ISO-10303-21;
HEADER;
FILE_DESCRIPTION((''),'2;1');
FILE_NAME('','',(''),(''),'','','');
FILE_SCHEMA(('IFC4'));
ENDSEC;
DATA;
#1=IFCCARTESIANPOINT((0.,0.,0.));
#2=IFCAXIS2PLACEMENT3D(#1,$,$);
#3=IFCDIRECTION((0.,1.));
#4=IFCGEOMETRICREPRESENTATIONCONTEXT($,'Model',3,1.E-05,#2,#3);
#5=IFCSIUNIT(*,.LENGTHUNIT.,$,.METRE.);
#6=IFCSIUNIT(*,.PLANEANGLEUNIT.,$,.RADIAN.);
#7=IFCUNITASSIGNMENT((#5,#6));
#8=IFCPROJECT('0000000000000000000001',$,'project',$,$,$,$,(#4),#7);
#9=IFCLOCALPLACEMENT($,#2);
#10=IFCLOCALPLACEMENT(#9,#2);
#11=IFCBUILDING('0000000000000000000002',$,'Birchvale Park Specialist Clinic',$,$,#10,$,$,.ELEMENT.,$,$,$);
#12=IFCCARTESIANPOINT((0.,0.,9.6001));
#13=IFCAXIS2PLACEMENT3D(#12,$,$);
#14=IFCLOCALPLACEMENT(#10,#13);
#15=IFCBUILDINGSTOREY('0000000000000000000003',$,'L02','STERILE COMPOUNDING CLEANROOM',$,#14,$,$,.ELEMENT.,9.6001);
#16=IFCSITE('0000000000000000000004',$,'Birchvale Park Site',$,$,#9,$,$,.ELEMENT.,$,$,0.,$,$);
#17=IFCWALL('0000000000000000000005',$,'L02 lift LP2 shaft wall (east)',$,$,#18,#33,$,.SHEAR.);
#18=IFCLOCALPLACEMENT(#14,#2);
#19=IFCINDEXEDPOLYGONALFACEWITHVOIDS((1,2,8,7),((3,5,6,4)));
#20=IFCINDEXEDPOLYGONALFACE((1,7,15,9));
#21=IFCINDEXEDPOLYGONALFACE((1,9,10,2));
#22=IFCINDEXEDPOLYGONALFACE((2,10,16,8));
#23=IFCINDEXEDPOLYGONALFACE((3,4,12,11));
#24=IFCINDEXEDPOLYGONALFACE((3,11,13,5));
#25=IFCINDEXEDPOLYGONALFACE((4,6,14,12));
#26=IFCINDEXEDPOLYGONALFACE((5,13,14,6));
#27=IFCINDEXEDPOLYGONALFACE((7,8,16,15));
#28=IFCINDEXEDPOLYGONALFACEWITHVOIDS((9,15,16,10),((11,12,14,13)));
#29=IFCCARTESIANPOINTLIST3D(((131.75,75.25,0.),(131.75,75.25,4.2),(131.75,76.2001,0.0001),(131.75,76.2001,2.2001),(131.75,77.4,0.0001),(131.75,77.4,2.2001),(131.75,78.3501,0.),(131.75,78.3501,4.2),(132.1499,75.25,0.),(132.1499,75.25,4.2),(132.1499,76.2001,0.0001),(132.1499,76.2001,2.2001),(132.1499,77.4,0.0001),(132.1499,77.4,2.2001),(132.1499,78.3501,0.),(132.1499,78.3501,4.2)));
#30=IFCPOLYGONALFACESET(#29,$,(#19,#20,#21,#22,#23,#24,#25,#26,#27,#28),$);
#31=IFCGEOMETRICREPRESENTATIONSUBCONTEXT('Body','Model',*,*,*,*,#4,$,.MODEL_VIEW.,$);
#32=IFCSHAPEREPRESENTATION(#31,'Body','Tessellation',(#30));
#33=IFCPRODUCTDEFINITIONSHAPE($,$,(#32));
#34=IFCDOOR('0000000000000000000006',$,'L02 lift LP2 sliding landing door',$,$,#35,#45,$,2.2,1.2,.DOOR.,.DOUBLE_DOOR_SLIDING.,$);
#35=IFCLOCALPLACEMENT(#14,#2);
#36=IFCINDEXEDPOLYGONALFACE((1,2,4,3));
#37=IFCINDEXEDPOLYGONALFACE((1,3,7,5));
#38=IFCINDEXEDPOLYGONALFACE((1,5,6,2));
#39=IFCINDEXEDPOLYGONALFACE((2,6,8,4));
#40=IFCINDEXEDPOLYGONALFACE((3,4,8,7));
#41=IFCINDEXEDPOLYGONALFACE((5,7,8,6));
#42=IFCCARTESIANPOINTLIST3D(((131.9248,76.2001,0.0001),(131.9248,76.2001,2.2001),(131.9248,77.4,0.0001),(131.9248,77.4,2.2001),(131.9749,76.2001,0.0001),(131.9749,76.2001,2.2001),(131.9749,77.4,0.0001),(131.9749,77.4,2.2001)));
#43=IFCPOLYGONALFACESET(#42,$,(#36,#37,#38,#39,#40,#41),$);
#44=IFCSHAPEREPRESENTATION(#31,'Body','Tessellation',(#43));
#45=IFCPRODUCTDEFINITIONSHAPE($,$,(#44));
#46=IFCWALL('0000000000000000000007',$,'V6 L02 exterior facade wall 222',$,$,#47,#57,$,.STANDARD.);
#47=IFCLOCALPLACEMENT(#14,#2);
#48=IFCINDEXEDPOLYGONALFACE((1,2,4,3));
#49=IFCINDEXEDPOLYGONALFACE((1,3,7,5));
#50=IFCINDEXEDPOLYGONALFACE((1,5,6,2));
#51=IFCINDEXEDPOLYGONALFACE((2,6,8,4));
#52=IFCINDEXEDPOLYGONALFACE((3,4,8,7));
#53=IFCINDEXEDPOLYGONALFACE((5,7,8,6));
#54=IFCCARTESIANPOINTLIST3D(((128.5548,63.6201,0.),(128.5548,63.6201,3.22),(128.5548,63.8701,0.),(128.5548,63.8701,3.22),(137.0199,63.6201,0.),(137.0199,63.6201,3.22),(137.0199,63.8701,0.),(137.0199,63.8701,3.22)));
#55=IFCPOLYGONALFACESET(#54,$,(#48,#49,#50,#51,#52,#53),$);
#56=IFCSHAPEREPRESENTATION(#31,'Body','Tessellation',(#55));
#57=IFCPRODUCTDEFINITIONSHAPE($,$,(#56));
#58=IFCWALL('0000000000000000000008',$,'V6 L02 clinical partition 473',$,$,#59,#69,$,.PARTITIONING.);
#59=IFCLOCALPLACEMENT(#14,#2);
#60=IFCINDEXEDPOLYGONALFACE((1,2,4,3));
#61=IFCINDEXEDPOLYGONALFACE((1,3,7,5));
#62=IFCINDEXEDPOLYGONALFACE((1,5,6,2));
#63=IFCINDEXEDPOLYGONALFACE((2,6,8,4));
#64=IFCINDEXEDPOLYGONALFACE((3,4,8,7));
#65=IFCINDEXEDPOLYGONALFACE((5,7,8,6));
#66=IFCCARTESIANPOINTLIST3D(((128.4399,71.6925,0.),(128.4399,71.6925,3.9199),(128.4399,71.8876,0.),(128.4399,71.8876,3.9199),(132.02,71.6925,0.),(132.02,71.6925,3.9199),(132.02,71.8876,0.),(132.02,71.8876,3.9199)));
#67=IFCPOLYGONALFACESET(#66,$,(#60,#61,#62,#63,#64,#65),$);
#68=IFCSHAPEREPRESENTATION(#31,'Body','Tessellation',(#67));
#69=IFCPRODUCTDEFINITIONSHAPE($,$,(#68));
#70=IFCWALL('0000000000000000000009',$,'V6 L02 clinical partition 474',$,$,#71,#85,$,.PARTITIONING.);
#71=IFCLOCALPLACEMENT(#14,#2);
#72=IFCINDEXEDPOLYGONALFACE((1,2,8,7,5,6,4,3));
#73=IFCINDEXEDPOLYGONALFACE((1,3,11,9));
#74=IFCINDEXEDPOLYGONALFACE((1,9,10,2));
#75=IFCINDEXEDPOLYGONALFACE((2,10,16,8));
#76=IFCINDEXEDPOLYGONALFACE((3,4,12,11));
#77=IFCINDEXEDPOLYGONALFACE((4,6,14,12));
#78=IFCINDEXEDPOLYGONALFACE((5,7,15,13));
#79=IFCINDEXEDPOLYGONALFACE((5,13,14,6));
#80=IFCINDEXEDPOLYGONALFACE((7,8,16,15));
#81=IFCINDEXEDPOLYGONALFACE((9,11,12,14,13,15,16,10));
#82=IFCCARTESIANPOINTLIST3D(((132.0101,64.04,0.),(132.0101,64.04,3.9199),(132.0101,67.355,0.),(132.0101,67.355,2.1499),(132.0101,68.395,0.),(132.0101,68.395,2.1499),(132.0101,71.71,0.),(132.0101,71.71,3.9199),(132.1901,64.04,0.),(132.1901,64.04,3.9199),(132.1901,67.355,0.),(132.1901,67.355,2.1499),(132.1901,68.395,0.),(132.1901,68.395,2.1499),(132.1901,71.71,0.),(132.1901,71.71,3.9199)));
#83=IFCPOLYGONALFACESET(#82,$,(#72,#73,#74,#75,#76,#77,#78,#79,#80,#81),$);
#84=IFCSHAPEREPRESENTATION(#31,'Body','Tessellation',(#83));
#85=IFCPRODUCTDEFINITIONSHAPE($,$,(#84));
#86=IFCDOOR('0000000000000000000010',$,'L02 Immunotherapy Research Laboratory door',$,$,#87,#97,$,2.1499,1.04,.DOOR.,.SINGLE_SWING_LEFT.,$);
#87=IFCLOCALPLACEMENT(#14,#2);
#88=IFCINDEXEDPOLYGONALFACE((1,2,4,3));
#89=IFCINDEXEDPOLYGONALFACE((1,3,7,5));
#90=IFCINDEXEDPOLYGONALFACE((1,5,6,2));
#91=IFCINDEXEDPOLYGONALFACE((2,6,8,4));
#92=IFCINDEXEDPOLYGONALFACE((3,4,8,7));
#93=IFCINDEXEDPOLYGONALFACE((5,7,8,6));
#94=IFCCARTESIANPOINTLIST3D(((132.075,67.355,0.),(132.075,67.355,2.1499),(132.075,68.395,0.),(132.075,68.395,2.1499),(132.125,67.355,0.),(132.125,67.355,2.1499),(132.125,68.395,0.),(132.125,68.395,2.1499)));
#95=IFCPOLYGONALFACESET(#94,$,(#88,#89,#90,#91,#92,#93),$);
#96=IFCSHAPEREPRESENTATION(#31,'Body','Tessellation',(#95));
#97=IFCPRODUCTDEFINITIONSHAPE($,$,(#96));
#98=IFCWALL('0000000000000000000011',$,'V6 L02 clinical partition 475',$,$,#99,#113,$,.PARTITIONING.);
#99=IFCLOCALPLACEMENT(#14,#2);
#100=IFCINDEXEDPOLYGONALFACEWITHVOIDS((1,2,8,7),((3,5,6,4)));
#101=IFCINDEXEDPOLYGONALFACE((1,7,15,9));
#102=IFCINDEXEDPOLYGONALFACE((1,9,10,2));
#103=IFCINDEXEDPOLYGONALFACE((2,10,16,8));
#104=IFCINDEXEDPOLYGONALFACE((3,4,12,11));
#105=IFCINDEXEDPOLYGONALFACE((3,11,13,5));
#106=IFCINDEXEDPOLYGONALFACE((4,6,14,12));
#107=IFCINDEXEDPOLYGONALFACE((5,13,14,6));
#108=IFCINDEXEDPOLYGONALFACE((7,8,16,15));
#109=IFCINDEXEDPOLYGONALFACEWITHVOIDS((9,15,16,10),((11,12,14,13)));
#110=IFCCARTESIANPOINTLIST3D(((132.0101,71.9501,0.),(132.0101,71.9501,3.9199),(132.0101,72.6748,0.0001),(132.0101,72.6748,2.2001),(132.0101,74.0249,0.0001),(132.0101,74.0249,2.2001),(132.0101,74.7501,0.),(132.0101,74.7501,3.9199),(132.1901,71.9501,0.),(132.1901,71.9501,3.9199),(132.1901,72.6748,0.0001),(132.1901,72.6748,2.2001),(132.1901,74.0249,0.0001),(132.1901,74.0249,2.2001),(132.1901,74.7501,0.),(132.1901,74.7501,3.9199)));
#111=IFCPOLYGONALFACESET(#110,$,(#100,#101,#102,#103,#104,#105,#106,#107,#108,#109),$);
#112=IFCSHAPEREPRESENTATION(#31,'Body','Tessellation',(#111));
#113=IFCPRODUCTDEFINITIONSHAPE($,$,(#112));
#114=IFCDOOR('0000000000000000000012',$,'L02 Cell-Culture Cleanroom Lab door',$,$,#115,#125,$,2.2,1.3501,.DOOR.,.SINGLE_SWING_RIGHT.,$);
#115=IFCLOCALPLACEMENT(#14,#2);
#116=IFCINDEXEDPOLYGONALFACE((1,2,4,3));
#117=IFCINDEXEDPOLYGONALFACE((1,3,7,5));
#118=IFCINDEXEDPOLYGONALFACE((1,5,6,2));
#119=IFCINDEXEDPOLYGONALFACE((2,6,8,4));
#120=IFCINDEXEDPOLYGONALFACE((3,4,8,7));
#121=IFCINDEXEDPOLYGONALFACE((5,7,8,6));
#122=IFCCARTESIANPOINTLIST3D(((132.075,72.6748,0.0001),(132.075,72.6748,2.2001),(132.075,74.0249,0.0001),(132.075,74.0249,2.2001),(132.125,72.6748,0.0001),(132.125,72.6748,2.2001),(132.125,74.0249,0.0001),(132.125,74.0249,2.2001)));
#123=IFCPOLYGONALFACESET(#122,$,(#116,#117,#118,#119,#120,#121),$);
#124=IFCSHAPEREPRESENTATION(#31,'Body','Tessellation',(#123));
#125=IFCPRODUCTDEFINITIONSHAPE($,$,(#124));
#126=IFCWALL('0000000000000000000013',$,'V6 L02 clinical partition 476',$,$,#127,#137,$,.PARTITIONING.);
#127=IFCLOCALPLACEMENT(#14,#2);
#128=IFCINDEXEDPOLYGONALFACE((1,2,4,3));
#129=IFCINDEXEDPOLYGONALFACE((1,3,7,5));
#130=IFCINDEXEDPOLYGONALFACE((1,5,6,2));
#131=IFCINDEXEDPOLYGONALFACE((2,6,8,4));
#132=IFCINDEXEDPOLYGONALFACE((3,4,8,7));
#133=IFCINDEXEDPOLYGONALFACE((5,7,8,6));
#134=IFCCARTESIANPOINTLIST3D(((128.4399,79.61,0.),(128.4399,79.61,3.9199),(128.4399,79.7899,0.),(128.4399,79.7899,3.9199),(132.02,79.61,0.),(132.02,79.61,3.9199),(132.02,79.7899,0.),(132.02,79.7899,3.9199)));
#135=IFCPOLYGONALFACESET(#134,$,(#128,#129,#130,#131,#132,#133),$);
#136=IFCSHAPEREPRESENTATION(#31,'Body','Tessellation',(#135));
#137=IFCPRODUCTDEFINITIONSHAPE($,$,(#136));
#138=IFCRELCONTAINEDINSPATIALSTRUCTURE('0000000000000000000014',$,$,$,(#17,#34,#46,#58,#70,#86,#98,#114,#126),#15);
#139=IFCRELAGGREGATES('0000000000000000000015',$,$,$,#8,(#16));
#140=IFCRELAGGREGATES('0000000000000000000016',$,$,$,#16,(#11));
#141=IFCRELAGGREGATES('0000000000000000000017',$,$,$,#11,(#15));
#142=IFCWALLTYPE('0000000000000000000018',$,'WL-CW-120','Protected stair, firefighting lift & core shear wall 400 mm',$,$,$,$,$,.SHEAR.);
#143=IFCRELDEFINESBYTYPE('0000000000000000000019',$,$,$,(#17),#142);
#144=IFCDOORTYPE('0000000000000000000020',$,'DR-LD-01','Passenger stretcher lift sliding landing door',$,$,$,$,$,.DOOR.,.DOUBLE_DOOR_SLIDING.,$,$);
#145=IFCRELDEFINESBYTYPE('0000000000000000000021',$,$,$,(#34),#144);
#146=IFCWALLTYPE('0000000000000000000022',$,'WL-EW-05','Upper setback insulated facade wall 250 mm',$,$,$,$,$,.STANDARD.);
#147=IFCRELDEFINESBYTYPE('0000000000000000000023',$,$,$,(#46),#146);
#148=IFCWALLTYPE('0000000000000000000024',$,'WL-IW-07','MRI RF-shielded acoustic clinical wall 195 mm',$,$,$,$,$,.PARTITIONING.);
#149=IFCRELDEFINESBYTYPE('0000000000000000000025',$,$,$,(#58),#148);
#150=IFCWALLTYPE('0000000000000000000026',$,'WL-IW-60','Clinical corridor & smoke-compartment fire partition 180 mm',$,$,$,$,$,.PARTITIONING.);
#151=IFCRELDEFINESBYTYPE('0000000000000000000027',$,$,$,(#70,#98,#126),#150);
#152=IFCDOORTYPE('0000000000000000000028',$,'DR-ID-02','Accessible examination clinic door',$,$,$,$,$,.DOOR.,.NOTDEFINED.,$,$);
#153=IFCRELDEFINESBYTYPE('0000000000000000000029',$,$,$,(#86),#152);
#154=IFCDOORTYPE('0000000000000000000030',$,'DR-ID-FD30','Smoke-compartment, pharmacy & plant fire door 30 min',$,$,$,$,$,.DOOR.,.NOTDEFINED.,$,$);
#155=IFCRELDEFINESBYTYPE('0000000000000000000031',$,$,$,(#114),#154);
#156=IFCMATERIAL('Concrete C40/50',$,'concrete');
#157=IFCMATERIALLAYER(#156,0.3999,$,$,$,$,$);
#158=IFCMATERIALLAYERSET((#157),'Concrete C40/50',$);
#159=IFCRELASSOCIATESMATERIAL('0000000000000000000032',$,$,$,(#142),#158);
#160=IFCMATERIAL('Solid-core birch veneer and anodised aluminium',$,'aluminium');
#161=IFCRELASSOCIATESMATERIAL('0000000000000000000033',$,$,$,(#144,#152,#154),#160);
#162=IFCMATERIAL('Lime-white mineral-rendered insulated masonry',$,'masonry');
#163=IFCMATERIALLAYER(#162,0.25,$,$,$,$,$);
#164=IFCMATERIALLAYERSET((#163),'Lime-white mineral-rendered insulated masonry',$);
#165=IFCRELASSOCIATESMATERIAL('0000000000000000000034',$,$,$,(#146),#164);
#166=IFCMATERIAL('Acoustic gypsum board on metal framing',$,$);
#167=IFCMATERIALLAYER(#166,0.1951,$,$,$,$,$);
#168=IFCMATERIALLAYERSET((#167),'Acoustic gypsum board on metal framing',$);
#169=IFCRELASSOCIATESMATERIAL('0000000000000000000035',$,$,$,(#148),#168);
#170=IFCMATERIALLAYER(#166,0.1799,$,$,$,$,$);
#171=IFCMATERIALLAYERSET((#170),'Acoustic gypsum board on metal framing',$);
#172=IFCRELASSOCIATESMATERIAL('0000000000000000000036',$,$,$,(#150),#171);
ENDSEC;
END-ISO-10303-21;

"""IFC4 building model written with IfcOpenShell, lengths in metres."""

from ifc_helpers import new_model, si_unit, direction, frame, frame_2d, origin, place, context, subcontext, project, spatial, rectangle, extrude, material, layer, layer_set, type_object, element, fill, save


model = new_model("IFC4")

# Units and contexts
model_context = context("Model", 3, precision=1e-05, world=origin(), true_north=direction((0.0, 1.0)))
body_context = subcontext(model_context, "Body", "Model", "MODEL_VIEW")
ifc_project = project(units=[si_unit("LENGTHUNIT", "METRE"), si_unit("PLANEANGLEUNIT", "RADIAN")], contexts=[model_context])

# Site, building, storey
site_placement = place(None, origin())
site = spatial("IfcSite", under=ifc_project, at=site_placement, Name="Birchvale Park Site", CompositionType="ELEMENT", RefElevation=0.0)
building_placement = place(site_placement, origin())
building = spatial("IfcBuilding", under=site, at=building_placement, Name="Birchvale Park Specialist Clinic", CompositionType="ELEMENT")
storey_placement = place(building_placement, frame((0.0, 0.0, 9.6001)))
storey = spatial("IfcBuildingStorey", under=building, at=storey_placement, Name="L02", Description="STERILE COMPOUNDING CLEANROOM", CompositionType="ELEMENT", Elevation=9.6001)

# Shared definitions
ifc_material_1 = material(Name="Concrete C40/50", Category="concrete")

# Shared definitions
ifc_layer_1 = layer(ifc_material_1, 0.3999)
ifc_layer_set_1 = layer_set([ifc_layer_1], Name="Concrete C40/50")
wall_type_1 = type_object("IfcWallType", Name="WL-CW-120", Description="Protected stair, firefighting lift & core shear wall 400 mm", PredefinedType="SHEAR", material=ifc_layer_set_1)

# Wall, opening, door
wall_1_placement = place(storey_placement, frame((131.95, 78.3501, 0.0), z_axis=(0.0, 0.0, 1.0), x_axis=(0.0, -1.0, 0.0)))
wall_1 = element("IfcWall", 1, at=wall_1_placement, inside=storey, type_object=wall_type_1, Name="L02 lift LP2 shaft wall (east)", PredefinedType="SHEAR", context=body_context, shape_type="SweptSolid", body=[
    extrude(rectangle(XDim=3.1001, YDim=0.3999, at=frame_2d((1.55, 0.0))), origin(), (0.0, 0.0, 1.0), 4.2),
])
opening_1_placement = place(wall_1_placement, frame((0.95, 0.0, 0.0)))
opening_1 = element("IfcOpeningElement", 2, at=opening_1_placement, cuts=wall_1, PredefinedType="OPENING", context=body_context, shape_type="SweptSolid", body=[
    extrude(rectangle(XDim=1.2, YDim=2.2, at=frame_2d((0.6001, 1.1001))), frame((0.0, 0.21, 0.0), z_axis=(0.0, -1.0, 0.0), x_axis=(1.0, 0.0, 0.0)), (0.0, 0.0, 1.0), 0.4199),
])
ifc_material_2 = material(Name="Solid-core birch veneer and anodised aluminium", Category="aluminium")
door_type_1 = type_object("IfcDoorType", Name="DR-LD-01", Description="Passenger stretcher lift sliding landing door", OperationType="DOUBLE_DOOR_SLIDING", PredefinedType="DOOR", material=ifc_material_2)
door_1_placement = place(opening_1_placement, origin())
door_1 = element("IfcDoor", 3, at=door_1_placement, inside=storey, type_object=door_type_1, Name="L02 lift LP2 sliding landing door", OperationType="DOUBLE_DOOR_SLIDING", OverallHeight=2.2, OverallWidth=1.2, PredefinedType="DOOR", context=body_context, shape_type="SweptSolid", body=[
    extrude(rectangle(XDim=1.2, YDim=2.2, at=frame_2d((0.6001, 1.1001))), frame((0.0, 0.0249, 0.0), z_axis=(0.0, -1.0, 0.0), x_axis=(1.0, 0.0, 0.0)), (0.0, 0.0, 1.0), 0.05),
])
fill(opening_1, door_1)

# Walls
ifc_material_3 = material(Name="Lime-white mineral-rendered insulated masonry", Category="masonry")
ifc_layer_2 = layer(ifc_material_3, 0.25)
ifc_layer_set_2 = layer_set([ifc_layer_2], Name="Lime-white mineral-rendered insulated masonry")
wall_type_2 = type_object("IfcWallType", Name="WL-EW-05", Description="Upper setback insulated facade wall 250 mm", PredefinedType="STANDARD", material=ifc_layer_set_2)
wall_2_placement = place(storey_placement, frame((128.5549, 63.7451, 0.0), z_axis=(0.0, 0.0, 1.0), x_axis=(1.0, 0.0, 0.0)))
element("IfcWall", 4, at=wall_2_placement, inside=storey, type_object=wall_type_2, Name="V6 L02 exterior facade wall 222", PredefinedType="STANDARD", context=body_context, shape_type="SweptSolid", body=[
    extrude(rectangle(XDim=8.4651, YDim=0.25, at=frame_2d((4.2324, 0.0))), origin(), (0.0, 0.0, 1.0), 3.22),
])
ifc_material_4 = material(Name="Acoustic gypsum board on metal framing")
ifc_layer_3 = layer(ifc_material_4, 0.1951)
ifc_layer_set_3 = layer_set([ifc_layer_3], Name="Acoustic gypsum board on metal framing")
wall_type_3 = type_object("IfcWallType", Name="WL-IW-07", Description="MRI RF-shielded acoustic clinical wall 195 mm", PredefinedType="PARTITIONING", material=ifc_layer_set_3)
wall_3_placement = place(storey_placement, frame((128.4399, 71.79, 0.0), z_axis=(0.0, 0.0, 1.0), x_axis=(1.0, 0.0, 0.0)))
element("IfcWall", 5, at=wall_3_placement, inside=storey, type_object=wall_type_3, Name="V6 L02 clinical partition 473", PredefinedType="PARTITIONING", context=body_context, shape_type="SweptSolid", body=[
    extrude(rectangle(XDim=3.5801, YDim=0.1951, at=frame_2d((1.79, 0.0))), origin(), (0.0, 0.0, 1.0), 3.9199),
])

# Walls, openings, doors
ifc_layer_4 = layer(ifc_material_4, 0.1799)
ifc_layer_set_4 = layer_set([ifc_layer_4], Name="Acoustic gypsum board on metal framing")
wall_type_4 = type_object("IfcWallType", Name="WL-IW-60", Description="Clinical corridor & smoke-compartment fire partition 180 mm", PredefinedType="PARTITIONING", material=ifc_layer_set_4)
wall_4_placement = place(storey_placement, frame((132.1001, 71.71, 0.0), z_axis=(0.0, 0.0, 1.0), x_axis=(0.0, -1.0, 0.0)))
wall_4 = element("IfcWall", 6, at=wall_4_placement, inside=storey, type_object=wall_type_4, Name="V6 L02 clinical partition 474", PredefinedType="PARTITIONING", context=body_context, shape_type="SweptSolid", body=[
    extrude(rectangle(XDim=7.6699, YDim=0.1799, at=frame_2d((3.835, 0.0))), origin(), (0.0, 0.0, 1.0), 3.9199),
])
opening_2_placement = place(wall_4_placement, frame((3.3149, 0.0, 0.0)))
opening_2 = element("IfcOpeningElement", 7, at=opening_2_placement, cuts=wall_4, PredefinedType="OPENING", context=body_context, shape_type="SweptSolid", body=[
    extrude(rectangle(XDim=1.04, YDim=2.1499, at=frame_2d((0.52, 1.075))), frame((0.0, 0.1001, 0.0), z_axis=(0.0, -1.0, 0.0), x_axis=(1.0, 0.0, 0.0)), (0.0, 0.0, 1.0), 0.2),
])
door_type_2 = type_object("IfcDoorType", Name="DR-ID-02", Description="Accessible examination clinic door", OperationType="NOTDEFINED", PredefinedType="DOOR", material=ifc_material_2)
door_2_placement = place(opening_2_placement, origin())
door_2 = element("IfcDoor", 8, at=door_2_placement, inside=storey, type_object=door_type_2, Name="L02 Immunotherapy Research Laboratory door", OperationType="SINGLE_SWING_LEFT", OverallHeight=2.1499, OverallWidth=1.04, PredefinedType="DOOR", context=body_context, shape_type="SweptSolid", body=[
    extrude(rectangle(XDim=1.04, YDim=2.1499, at=frame_2d((0.52, 1.075))), frame((0.0, 0.0249, 0.0), z_axis=(0.0, -1.0, 0.0), x_axis=(1.0, 0.0, 0.0)), (0.0, 0.0, 1.0), 0.05),
])
fill(opening_2, door_2)
wall_5_placement = place(storey_placement, frame((132.1001, 74.75, 0.0), z_axis=(0.0, 0.0, 1.0), x_axis=(0.0, -1.0, 0.0)))
wall_5 = element("IfcWall", 9, at=wall_5_placement, inside=storey, type_object=wall_type_4, Name="V6 L02 clinical partition 475", PredefinedType="PARTITIONING", context=body_context, shape_type="SweptSolid", body=[
    extrude(rectangle(XDim=2.8, YDim=0.1799, at=frame_2d((1.3999, 0.0))), origin(), (0.0, 0.0, 1.0), 3.9199),
])
opening_3_placement = place(wall_5_placement, frame((0.7251, 0.0, 0.0)))
opening_3 = element("IfcOpeningElement", 10, at=opening_3_placement, cuts=wall_5, PredefinedType="OPENING", context=body_context, shape_type="SweptSolid", body=[
    extrude(rectangle(XDim=1.3501, YDim=2.2, at=frame_2d((0.675, 1.1001))), frame((0.0, 0.1001, 0.0), z_axis=(0.0, -1.0, 0.0), x_axis=(1.0, 0.0, 0.0)), (0.0, 0.0, 1.0), 0.2),
])
door_type_3 = type_object("IfcDoorType", Name="DR-ID-FD30", Description="Smoke-compartment, pharmacy & plant fire door 30 min", OperationType="NOTDEFINED", PredefinedType="DOOR", material=ifc_material_2)
door_3_placement = place(opening_3_placement, origin())
door_3 = element("IfcDoor", 11, at=door_3_placement, inside=storey, type_object=door_type_3, Name="L02 Cell-Culture Cleanroom Lab door", OperationType="SINGLE_SWING_RIGHT", OverallHeight=2.2, OverallWidth=1.3501, PredefinedType="DOOR", context=body_context, shape_type="SweptSolid", body=[
    extrude(rectangle(XDim=1.3501, YDim=2.2, at=frame_2d((0.675, 1.1001))), frame((0.0, 0.0249, 0.0), z_axis=(0.0, -1.0, 0.0), x_axis=(1.0, 0.0, 0.0)), (0.0, 0.0, 1.0), 0.05),
])
fill(opening_3, door_3)

# Wall
wall_6_placement = place(storey_placement, frame((128.4399, 79.7, 0.0), z_axis=(0.0, 0.0, 1.0), x_axis=(1.0, 0.0, 0.0)))
element("IfcWall", 12, at=wall_6_placement, inside=storey, type_object=wall_type_4, Name="V6 L02 clinical partition 476", PredefinedType="PARTITIONING", context=body_context, shape_type="SweptSolid", body=[
    extrude(rectangle(XDim=3.5801, YDim=0.1799, at=frame_2d((1.79, 0.0))), origin(), (0.0, 0.0, 1.0), 3.9199),
])

save(model, "model.ifc")
